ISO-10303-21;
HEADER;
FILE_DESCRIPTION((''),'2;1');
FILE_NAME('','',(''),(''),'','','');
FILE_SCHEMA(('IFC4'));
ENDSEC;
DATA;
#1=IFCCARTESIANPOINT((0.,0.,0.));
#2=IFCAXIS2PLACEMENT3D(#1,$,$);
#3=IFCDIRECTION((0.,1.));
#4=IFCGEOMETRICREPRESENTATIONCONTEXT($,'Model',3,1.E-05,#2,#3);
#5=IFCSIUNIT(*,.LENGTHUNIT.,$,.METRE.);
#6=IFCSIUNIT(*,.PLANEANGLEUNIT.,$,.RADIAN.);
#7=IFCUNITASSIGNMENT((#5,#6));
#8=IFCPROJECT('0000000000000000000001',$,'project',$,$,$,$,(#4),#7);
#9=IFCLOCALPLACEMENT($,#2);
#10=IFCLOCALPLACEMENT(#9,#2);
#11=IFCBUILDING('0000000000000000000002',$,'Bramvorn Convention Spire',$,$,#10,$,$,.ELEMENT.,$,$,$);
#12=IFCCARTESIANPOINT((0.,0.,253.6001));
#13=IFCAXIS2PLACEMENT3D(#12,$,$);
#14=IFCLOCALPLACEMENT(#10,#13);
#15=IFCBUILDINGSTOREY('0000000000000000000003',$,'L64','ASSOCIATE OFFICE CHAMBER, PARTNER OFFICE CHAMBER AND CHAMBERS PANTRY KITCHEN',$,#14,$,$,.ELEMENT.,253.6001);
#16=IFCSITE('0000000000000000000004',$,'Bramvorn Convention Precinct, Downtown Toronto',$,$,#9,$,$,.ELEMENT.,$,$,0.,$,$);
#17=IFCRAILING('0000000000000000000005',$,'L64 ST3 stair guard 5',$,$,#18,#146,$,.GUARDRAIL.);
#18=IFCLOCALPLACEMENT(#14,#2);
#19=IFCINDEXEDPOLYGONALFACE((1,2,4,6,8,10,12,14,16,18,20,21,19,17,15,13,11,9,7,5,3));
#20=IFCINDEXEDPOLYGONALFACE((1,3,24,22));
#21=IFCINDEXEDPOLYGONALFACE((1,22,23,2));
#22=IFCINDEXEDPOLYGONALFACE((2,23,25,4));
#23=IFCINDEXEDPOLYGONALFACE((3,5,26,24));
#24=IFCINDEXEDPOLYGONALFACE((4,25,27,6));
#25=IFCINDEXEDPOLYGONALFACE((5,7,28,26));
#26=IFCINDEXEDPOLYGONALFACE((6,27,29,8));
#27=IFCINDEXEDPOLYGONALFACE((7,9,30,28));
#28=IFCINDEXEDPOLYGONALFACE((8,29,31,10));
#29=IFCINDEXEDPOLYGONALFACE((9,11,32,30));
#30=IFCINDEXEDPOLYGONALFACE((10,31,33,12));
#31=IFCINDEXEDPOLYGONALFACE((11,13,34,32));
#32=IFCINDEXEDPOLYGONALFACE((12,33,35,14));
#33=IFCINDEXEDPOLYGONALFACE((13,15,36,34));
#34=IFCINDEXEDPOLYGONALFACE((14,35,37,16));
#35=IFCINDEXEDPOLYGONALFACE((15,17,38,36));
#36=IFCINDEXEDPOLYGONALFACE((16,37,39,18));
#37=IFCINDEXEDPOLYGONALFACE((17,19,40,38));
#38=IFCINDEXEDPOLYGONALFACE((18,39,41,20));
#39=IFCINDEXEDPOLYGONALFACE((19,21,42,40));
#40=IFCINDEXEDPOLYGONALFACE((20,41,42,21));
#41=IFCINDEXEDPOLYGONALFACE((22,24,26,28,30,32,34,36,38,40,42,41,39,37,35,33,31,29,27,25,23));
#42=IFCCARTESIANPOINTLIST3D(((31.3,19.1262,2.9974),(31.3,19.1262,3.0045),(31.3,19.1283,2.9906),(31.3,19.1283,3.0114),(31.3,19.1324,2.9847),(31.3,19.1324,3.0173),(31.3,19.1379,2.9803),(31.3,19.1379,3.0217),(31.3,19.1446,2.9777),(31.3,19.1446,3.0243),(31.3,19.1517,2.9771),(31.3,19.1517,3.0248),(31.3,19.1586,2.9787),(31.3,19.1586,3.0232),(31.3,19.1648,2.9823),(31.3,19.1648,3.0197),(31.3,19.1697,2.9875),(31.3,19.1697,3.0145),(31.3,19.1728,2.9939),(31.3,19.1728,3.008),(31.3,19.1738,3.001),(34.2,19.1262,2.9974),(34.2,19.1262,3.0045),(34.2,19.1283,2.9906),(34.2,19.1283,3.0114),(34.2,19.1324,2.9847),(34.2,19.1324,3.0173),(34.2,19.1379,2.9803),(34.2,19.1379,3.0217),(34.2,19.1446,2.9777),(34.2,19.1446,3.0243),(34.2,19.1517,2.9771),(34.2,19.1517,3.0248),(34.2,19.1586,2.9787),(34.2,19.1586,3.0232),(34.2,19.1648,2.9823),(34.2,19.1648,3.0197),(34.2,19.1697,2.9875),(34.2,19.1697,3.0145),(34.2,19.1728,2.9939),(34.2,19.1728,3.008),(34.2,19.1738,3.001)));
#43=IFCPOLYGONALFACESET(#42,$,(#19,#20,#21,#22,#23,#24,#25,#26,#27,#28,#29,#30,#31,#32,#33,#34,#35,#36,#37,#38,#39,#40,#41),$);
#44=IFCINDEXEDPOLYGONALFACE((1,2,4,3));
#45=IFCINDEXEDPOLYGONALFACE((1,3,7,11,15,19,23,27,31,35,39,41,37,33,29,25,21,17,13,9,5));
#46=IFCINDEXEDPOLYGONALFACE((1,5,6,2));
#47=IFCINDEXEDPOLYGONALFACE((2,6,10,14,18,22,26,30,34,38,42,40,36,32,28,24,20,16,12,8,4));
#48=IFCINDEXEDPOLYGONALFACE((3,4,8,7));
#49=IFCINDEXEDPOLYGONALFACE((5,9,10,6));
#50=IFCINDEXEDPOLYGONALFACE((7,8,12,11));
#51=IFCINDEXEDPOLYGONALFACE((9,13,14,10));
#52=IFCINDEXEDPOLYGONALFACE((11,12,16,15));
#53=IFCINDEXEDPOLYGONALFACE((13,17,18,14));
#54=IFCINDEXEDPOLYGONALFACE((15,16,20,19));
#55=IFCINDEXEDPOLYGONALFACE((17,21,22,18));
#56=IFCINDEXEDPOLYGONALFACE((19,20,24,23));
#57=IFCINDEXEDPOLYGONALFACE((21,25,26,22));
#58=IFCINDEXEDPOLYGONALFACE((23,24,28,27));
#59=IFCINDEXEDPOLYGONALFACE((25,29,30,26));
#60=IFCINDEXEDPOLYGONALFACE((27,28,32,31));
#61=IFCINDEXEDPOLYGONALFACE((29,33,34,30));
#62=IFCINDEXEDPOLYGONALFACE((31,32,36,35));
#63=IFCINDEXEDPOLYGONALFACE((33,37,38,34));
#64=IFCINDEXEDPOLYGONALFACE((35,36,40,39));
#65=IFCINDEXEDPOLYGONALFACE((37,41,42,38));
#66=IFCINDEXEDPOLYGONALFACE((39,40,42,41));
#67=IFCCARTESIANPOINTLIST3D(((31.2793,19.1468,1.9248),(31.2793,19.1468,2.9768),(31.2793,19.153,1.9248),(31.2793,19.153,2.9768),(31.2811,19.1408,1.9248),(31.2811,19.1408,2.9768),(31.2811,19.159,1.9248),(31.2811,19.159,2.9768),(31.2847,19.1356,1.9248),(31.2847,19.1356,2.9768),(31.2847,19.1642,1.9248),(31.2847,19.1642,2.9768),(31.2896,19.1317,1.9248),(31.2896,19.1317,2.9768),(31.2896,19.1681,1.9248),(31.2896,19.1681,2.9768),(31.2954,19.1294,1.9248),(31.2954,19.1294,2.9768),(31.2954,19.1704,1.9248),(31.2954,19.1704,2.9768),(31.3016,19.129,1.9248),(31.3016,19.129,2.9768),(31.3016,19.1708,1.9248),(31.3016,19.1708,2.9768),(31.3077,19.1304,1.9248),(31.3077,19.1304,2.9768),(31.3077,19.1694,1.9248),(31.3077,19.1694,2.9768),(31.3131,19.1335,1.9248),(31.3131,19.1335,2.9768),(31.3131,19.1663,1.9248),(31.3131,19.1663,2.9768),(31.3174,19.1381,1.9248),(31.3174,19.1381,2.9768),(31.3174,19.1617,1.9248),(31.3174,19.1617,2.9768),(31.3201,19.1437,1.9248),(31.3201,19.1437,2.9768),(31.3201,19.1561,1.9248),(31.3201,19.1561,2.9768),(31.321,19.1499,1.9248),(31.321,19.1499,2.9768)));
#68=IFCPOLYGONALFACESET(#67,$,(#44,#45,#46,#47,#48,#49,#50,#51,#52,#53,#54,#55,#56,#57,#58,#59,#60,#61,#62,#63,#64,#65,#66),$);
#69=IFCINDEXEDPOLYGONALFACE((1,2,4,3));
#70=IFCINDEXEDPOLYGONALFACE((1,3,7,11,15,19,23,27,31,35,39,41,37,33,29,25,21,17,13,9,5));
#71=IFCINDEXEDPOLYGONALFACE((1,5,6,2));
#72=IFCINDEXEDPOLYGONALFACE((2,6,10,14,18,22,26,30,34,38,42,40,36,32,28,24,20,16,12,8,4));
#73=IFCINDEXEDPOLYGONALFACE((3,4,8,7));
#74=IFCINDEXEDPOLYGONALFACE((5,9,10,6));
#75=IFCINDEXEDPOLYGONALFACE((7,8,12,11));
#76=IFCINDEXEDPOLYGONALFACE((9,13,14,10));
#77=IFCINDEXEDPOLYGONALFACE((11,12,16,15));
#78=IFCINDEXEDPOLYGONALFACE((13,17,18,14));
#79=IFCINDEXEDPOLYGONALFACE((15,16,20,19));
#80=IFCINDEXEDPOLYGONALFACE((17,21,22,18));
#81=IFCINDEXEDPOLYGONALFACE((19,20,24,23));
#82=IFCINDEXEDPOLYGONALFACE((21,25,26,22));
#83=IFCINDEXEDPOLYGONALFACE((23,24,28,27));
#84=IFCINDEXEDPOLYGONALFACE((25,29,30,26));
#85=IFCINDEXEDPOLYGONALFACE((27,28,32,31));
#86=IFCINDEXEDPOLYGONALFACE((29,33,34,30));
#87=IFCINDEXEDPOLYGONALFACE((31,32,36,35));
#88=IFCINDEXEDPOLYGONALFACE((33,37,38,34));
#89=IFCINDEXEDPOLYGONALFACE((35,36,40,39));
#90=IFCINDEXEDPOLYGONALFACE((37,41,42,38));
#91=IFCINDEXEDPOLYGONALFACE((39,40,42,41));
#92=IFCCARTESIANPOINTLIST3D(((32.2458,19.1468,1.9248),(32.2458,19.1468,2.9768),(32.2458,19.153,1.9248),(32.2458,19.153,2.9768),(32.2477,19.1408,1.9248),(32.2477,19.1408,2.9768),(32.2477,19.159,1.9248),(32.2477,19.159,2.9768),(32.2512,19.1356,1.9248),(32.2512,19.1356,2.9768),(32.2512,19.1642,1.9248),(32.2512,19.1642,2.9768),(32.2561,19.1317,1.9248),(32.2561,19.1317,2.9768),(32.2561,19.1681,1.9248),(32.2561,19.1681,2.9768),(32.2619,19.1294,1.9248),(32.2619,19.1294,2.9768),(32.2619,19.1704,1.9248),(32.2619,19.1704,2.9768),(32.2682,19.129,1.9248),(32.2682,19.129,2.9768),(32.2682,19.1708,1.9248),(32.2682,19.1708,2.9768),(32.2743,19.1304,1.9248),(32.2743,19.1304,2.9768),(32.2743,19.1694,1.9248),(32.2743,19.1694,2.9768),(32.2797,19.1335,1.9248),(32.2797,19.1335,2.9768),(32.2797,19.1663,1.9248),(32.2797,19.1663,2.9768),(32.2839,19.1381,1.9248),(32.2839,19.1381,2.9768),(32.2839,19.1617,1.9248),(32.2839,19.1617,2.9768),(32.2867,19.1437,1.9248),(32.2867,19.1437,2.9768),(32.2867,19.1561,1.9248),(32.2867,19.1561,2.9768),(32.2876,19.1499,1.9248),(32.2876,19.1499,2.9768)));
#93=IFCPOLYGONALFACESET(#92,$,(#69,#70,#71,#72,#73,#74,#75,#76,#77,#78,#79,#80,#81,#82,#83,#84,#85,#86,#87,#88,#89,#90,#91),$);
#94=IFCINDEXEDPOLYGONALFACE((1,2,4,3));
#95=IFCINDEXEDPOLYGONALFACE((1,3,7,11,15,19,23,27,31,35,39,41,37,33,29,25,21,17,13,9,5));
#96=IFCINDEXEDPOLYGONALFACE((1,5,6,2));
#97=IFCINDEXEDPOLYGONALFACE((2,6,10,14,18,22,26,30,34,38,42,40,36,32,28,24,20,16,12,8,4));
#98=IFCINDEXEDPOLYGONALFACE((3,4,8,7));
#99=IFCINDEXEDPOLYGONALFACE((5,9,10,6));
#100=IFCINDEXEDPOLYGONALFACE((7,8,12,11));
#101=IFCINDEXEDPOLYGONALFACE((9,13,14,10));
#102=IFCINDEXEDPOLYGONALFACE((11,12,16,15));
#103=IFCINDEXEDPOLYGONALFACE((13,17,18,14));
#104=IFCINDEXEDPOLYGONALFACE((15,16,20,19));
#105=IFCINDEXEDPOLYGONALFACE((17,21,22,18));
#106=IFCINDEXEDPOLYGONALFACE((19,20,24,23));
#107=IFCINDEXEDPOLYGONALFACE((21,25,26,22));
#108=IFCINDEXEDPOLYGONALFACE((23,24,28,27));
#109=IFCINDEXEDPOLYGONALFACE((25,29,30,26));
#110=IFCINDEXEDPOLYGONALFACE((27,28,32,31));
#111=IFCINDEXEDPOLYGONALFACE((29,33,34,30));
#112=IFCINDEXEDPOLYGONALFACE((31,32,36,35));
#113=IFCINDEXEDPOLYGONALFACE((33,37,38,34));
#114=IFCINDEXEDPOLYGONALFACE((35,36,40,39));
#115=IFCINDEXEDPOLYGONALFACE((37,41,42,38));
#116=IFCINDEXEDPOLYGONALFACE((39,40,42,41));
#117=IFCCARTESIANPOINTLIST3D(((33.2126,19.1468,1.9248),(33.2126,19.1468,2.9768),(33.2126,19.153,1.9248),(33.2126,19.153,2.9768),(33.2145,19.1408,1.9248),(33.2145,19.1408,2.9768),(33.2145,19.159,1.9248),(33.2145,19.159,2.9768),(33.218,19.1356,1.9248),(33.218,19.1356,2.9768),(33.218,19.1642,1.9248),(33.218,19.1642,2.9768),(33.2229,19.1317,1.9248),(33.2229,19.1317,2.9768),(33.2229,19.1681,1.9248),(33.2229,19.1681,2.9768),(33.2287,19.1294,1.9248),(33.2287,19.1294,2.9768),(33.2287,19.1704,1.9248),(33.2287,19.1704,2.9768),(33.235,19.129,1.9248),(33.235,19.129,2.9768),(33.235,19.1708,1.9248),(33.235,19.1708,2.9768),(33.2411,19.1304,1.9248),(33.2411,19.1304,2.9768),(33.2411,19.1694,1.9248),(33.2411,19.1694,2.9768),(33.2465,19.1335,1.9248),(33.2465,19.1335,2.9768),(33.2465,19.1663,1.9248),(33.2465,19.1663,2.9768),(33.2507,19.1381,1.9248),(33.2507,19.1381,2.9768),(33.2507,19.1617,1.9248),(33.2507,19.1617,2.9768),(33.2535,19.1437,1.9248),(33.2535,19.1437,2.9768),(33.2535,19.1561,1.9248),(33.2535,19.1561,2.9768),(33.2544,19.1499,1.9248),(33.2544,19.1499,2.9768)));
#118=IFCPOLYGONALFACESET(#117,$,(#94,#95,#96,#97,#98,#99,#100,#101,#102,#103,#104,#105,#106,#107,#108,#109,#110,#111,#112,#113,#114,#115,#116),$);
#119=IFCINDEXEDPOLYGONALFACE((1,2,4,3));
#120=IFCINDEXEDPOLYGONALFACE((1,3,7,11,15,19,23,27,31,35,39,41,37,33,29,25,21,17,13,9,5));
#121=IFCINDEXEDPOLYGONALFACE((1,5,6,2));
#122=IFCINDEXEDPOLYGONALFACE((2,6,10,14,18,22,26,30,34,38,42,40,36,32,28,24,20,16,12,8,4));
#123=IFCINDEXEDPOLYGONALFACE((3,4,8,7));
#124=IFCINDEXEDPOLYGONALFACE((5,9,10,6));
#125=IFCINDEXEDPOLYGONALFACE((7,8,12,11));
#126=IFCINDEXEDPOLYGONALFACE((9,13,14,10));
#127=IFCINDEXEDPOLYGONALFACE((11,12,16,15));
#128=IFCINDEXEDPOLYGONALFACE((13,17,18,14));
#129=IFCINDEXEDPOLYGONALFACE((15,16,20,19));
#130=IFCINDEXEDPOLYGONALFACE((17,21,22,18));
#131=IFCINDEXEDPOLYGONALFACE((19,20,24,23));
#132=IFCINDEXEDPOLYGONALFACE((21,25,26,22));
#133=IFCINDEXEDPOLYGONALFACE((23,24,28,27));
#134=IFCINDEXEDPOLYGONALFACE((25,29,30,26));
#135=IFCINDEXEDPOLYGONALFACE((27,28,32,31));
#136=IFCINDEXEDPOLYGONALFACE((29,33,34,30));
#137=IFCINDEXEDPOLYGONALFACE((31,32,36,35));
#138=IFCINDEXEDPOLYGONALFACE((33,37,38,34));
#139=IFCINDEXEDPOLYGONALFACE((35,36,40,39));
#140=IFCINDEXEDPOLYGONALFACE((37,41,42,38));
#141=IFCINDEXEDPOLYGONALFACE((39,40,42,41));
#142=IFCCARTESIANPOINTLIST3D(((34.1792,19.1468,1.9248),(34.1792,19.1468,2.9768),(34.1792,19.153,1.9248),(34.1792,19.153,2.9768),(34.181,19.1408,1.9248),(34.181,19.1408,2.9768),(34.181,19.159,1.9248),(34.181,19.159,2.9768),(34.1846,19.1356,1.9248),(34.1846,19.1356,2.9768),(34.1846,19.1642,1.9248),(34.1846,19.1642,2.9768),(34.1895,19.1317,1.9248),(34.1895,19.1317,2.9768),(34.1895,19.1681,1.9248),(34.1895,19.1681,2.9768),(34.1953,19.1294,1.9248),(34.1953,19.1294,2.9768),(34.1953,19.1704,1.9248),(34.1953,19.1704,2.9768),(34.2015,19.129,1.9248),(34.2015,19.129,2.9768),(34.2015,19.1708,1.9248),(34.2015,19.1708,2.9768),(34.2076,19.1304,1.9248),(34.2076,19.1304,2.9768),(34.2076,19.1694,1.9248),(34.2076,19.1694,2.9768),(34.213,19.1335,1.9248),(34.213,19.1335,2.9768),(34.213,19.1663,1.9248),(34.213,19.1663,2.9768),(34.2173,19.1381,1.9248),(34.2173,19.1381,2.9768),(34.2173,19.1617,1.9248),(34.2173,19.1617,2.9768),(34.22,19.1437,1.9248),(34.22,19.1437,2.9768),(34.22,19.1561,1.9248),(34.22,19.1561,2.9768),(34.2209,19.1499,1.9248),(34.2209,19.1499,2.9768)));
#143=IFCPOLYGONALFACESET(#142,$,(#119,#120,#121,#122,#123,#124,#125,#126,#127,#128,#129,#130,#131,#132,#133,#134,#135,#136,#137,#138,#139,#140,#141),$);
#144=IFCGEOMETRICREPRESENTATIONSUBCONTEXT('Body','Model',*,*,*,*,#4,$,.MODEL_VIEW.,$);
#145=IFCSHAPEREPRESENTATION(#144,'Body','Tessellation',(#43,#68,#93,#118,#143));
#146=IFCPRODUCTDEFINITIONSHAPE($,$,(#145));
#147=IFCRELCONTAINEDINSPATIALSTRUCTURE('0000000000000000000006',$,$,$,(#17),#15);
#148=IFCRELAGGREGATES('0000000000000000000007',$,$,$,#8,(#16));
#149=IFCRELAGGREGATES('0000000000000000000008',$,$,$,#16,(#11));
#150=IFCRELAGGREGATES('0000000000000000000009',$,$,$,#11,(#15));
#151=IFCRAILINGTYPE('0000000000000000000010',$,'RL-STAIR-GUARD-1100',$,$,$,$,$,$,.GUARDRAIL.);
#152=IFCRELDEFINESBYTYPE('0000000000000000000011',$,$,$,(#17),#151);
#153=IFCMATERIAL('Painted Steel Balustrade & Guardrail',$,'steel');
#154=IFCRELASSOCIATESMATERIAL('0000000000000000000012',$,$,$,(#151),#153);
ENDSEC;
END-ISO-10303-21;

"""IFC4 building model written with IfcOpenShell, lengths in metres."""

from ifc_helpers import new_model, si_unit, direction, frame, origin, origin_2d, place, context, subcontext, project, spatial, circle, extrude, material, type_object, element, save


model = new_model("IFC4")

# Units and contexts
model_context = context("Model", 3, precision=1e-05, world=origin(), true_north=direction((0.0, 1.0)))
body_context = subcontext(model_context, "Body", "Model", "MODEL_VIEW")
ifc_project = project(units=[si_unit("LENGTHUNIT", "METRE"), si_unit("PLANEANGLEUNIT", "RADIAN")], contexts=[model_context])

# Site, building, storey
site_placement = place(None, origin())
site = spatial("IfcSite", under=ifc_project, at=site_placement, Name="Bramvorn Convention Precinct, Downtown Toronto", CompositionType="ELEMENT", RefElevation=0.0)
building_placement = place(site_placement, origin())
building = spatial("IfcBuilding", under=site, at=building_placement, Name="Bramvorn Convention Spire", CompositionType="ELEMENT")
storey_placement = place(building_placement, frame((0.0, 0.0, 253.6001)))
storey = spatial("IfcBuildingStorey", under=building, at=storey_placement, Name="L64", Description="ASSOCIATE OFFICE CHAMBER, PARTNER OFFICE CHAMBER AND CHAMBERS PANTRY KITCHEN", CompositionType="ELEMENT", Elevation=253.6001)

# Railing
ifc_material_1 = material(Name="Painted Steel Balustrade & Guardrail", Category="steel")
railing_type_1 = type_object("IfcRailingType", Name="RL-STAIR-GUARD-1100", PredefinedType="GUARDRAIL", material=ifc_material_1)
railing_1_placement = place(storey_placement, frame((31.3, 19.1499, 1.9248)))
element("IfcRailing", 1, at=railing_1_placement, inside=storey, type_object=railing_type_1, Name="L64 ST3 stair guard 5", PredefinedType="GUARDRAIL", context=body_context, shape_type="SweptSolid", body=[
    extrude(circle(Radius=0.0239, at=origin_2d()), frame((0.0, 0.0, 1.0762), z_axis=(1.0, 0.0, 0.0), x_axis=(0.0, 1.0, 0.0)), (0.0, 0.0, 1.0), 2.8999),
    extrude(circle(Radius=0.021, at=origin_2d()), origin(), (0.0, 0.0, 1.0), 1.052),
    extrude(circle(Radius=0.021, at=origin_2d()), frame((0.9666, 0.0, 0.0)), (0.0, 0.0, 1.0), 1.052),
    extrude(circle(Radius=0.021, at=origin_2d()), frame((1.9333, 0.0, 0.0)), (0.0, 0.0, 1.0), 1.052),
    extrude(circle(Radius=0.021, at=origin_2d()), frame((2.8999, 0.0, 0.0)), (0.0, 0.0, 1.0), 1.052),
])

save(model, "model.ifc")
